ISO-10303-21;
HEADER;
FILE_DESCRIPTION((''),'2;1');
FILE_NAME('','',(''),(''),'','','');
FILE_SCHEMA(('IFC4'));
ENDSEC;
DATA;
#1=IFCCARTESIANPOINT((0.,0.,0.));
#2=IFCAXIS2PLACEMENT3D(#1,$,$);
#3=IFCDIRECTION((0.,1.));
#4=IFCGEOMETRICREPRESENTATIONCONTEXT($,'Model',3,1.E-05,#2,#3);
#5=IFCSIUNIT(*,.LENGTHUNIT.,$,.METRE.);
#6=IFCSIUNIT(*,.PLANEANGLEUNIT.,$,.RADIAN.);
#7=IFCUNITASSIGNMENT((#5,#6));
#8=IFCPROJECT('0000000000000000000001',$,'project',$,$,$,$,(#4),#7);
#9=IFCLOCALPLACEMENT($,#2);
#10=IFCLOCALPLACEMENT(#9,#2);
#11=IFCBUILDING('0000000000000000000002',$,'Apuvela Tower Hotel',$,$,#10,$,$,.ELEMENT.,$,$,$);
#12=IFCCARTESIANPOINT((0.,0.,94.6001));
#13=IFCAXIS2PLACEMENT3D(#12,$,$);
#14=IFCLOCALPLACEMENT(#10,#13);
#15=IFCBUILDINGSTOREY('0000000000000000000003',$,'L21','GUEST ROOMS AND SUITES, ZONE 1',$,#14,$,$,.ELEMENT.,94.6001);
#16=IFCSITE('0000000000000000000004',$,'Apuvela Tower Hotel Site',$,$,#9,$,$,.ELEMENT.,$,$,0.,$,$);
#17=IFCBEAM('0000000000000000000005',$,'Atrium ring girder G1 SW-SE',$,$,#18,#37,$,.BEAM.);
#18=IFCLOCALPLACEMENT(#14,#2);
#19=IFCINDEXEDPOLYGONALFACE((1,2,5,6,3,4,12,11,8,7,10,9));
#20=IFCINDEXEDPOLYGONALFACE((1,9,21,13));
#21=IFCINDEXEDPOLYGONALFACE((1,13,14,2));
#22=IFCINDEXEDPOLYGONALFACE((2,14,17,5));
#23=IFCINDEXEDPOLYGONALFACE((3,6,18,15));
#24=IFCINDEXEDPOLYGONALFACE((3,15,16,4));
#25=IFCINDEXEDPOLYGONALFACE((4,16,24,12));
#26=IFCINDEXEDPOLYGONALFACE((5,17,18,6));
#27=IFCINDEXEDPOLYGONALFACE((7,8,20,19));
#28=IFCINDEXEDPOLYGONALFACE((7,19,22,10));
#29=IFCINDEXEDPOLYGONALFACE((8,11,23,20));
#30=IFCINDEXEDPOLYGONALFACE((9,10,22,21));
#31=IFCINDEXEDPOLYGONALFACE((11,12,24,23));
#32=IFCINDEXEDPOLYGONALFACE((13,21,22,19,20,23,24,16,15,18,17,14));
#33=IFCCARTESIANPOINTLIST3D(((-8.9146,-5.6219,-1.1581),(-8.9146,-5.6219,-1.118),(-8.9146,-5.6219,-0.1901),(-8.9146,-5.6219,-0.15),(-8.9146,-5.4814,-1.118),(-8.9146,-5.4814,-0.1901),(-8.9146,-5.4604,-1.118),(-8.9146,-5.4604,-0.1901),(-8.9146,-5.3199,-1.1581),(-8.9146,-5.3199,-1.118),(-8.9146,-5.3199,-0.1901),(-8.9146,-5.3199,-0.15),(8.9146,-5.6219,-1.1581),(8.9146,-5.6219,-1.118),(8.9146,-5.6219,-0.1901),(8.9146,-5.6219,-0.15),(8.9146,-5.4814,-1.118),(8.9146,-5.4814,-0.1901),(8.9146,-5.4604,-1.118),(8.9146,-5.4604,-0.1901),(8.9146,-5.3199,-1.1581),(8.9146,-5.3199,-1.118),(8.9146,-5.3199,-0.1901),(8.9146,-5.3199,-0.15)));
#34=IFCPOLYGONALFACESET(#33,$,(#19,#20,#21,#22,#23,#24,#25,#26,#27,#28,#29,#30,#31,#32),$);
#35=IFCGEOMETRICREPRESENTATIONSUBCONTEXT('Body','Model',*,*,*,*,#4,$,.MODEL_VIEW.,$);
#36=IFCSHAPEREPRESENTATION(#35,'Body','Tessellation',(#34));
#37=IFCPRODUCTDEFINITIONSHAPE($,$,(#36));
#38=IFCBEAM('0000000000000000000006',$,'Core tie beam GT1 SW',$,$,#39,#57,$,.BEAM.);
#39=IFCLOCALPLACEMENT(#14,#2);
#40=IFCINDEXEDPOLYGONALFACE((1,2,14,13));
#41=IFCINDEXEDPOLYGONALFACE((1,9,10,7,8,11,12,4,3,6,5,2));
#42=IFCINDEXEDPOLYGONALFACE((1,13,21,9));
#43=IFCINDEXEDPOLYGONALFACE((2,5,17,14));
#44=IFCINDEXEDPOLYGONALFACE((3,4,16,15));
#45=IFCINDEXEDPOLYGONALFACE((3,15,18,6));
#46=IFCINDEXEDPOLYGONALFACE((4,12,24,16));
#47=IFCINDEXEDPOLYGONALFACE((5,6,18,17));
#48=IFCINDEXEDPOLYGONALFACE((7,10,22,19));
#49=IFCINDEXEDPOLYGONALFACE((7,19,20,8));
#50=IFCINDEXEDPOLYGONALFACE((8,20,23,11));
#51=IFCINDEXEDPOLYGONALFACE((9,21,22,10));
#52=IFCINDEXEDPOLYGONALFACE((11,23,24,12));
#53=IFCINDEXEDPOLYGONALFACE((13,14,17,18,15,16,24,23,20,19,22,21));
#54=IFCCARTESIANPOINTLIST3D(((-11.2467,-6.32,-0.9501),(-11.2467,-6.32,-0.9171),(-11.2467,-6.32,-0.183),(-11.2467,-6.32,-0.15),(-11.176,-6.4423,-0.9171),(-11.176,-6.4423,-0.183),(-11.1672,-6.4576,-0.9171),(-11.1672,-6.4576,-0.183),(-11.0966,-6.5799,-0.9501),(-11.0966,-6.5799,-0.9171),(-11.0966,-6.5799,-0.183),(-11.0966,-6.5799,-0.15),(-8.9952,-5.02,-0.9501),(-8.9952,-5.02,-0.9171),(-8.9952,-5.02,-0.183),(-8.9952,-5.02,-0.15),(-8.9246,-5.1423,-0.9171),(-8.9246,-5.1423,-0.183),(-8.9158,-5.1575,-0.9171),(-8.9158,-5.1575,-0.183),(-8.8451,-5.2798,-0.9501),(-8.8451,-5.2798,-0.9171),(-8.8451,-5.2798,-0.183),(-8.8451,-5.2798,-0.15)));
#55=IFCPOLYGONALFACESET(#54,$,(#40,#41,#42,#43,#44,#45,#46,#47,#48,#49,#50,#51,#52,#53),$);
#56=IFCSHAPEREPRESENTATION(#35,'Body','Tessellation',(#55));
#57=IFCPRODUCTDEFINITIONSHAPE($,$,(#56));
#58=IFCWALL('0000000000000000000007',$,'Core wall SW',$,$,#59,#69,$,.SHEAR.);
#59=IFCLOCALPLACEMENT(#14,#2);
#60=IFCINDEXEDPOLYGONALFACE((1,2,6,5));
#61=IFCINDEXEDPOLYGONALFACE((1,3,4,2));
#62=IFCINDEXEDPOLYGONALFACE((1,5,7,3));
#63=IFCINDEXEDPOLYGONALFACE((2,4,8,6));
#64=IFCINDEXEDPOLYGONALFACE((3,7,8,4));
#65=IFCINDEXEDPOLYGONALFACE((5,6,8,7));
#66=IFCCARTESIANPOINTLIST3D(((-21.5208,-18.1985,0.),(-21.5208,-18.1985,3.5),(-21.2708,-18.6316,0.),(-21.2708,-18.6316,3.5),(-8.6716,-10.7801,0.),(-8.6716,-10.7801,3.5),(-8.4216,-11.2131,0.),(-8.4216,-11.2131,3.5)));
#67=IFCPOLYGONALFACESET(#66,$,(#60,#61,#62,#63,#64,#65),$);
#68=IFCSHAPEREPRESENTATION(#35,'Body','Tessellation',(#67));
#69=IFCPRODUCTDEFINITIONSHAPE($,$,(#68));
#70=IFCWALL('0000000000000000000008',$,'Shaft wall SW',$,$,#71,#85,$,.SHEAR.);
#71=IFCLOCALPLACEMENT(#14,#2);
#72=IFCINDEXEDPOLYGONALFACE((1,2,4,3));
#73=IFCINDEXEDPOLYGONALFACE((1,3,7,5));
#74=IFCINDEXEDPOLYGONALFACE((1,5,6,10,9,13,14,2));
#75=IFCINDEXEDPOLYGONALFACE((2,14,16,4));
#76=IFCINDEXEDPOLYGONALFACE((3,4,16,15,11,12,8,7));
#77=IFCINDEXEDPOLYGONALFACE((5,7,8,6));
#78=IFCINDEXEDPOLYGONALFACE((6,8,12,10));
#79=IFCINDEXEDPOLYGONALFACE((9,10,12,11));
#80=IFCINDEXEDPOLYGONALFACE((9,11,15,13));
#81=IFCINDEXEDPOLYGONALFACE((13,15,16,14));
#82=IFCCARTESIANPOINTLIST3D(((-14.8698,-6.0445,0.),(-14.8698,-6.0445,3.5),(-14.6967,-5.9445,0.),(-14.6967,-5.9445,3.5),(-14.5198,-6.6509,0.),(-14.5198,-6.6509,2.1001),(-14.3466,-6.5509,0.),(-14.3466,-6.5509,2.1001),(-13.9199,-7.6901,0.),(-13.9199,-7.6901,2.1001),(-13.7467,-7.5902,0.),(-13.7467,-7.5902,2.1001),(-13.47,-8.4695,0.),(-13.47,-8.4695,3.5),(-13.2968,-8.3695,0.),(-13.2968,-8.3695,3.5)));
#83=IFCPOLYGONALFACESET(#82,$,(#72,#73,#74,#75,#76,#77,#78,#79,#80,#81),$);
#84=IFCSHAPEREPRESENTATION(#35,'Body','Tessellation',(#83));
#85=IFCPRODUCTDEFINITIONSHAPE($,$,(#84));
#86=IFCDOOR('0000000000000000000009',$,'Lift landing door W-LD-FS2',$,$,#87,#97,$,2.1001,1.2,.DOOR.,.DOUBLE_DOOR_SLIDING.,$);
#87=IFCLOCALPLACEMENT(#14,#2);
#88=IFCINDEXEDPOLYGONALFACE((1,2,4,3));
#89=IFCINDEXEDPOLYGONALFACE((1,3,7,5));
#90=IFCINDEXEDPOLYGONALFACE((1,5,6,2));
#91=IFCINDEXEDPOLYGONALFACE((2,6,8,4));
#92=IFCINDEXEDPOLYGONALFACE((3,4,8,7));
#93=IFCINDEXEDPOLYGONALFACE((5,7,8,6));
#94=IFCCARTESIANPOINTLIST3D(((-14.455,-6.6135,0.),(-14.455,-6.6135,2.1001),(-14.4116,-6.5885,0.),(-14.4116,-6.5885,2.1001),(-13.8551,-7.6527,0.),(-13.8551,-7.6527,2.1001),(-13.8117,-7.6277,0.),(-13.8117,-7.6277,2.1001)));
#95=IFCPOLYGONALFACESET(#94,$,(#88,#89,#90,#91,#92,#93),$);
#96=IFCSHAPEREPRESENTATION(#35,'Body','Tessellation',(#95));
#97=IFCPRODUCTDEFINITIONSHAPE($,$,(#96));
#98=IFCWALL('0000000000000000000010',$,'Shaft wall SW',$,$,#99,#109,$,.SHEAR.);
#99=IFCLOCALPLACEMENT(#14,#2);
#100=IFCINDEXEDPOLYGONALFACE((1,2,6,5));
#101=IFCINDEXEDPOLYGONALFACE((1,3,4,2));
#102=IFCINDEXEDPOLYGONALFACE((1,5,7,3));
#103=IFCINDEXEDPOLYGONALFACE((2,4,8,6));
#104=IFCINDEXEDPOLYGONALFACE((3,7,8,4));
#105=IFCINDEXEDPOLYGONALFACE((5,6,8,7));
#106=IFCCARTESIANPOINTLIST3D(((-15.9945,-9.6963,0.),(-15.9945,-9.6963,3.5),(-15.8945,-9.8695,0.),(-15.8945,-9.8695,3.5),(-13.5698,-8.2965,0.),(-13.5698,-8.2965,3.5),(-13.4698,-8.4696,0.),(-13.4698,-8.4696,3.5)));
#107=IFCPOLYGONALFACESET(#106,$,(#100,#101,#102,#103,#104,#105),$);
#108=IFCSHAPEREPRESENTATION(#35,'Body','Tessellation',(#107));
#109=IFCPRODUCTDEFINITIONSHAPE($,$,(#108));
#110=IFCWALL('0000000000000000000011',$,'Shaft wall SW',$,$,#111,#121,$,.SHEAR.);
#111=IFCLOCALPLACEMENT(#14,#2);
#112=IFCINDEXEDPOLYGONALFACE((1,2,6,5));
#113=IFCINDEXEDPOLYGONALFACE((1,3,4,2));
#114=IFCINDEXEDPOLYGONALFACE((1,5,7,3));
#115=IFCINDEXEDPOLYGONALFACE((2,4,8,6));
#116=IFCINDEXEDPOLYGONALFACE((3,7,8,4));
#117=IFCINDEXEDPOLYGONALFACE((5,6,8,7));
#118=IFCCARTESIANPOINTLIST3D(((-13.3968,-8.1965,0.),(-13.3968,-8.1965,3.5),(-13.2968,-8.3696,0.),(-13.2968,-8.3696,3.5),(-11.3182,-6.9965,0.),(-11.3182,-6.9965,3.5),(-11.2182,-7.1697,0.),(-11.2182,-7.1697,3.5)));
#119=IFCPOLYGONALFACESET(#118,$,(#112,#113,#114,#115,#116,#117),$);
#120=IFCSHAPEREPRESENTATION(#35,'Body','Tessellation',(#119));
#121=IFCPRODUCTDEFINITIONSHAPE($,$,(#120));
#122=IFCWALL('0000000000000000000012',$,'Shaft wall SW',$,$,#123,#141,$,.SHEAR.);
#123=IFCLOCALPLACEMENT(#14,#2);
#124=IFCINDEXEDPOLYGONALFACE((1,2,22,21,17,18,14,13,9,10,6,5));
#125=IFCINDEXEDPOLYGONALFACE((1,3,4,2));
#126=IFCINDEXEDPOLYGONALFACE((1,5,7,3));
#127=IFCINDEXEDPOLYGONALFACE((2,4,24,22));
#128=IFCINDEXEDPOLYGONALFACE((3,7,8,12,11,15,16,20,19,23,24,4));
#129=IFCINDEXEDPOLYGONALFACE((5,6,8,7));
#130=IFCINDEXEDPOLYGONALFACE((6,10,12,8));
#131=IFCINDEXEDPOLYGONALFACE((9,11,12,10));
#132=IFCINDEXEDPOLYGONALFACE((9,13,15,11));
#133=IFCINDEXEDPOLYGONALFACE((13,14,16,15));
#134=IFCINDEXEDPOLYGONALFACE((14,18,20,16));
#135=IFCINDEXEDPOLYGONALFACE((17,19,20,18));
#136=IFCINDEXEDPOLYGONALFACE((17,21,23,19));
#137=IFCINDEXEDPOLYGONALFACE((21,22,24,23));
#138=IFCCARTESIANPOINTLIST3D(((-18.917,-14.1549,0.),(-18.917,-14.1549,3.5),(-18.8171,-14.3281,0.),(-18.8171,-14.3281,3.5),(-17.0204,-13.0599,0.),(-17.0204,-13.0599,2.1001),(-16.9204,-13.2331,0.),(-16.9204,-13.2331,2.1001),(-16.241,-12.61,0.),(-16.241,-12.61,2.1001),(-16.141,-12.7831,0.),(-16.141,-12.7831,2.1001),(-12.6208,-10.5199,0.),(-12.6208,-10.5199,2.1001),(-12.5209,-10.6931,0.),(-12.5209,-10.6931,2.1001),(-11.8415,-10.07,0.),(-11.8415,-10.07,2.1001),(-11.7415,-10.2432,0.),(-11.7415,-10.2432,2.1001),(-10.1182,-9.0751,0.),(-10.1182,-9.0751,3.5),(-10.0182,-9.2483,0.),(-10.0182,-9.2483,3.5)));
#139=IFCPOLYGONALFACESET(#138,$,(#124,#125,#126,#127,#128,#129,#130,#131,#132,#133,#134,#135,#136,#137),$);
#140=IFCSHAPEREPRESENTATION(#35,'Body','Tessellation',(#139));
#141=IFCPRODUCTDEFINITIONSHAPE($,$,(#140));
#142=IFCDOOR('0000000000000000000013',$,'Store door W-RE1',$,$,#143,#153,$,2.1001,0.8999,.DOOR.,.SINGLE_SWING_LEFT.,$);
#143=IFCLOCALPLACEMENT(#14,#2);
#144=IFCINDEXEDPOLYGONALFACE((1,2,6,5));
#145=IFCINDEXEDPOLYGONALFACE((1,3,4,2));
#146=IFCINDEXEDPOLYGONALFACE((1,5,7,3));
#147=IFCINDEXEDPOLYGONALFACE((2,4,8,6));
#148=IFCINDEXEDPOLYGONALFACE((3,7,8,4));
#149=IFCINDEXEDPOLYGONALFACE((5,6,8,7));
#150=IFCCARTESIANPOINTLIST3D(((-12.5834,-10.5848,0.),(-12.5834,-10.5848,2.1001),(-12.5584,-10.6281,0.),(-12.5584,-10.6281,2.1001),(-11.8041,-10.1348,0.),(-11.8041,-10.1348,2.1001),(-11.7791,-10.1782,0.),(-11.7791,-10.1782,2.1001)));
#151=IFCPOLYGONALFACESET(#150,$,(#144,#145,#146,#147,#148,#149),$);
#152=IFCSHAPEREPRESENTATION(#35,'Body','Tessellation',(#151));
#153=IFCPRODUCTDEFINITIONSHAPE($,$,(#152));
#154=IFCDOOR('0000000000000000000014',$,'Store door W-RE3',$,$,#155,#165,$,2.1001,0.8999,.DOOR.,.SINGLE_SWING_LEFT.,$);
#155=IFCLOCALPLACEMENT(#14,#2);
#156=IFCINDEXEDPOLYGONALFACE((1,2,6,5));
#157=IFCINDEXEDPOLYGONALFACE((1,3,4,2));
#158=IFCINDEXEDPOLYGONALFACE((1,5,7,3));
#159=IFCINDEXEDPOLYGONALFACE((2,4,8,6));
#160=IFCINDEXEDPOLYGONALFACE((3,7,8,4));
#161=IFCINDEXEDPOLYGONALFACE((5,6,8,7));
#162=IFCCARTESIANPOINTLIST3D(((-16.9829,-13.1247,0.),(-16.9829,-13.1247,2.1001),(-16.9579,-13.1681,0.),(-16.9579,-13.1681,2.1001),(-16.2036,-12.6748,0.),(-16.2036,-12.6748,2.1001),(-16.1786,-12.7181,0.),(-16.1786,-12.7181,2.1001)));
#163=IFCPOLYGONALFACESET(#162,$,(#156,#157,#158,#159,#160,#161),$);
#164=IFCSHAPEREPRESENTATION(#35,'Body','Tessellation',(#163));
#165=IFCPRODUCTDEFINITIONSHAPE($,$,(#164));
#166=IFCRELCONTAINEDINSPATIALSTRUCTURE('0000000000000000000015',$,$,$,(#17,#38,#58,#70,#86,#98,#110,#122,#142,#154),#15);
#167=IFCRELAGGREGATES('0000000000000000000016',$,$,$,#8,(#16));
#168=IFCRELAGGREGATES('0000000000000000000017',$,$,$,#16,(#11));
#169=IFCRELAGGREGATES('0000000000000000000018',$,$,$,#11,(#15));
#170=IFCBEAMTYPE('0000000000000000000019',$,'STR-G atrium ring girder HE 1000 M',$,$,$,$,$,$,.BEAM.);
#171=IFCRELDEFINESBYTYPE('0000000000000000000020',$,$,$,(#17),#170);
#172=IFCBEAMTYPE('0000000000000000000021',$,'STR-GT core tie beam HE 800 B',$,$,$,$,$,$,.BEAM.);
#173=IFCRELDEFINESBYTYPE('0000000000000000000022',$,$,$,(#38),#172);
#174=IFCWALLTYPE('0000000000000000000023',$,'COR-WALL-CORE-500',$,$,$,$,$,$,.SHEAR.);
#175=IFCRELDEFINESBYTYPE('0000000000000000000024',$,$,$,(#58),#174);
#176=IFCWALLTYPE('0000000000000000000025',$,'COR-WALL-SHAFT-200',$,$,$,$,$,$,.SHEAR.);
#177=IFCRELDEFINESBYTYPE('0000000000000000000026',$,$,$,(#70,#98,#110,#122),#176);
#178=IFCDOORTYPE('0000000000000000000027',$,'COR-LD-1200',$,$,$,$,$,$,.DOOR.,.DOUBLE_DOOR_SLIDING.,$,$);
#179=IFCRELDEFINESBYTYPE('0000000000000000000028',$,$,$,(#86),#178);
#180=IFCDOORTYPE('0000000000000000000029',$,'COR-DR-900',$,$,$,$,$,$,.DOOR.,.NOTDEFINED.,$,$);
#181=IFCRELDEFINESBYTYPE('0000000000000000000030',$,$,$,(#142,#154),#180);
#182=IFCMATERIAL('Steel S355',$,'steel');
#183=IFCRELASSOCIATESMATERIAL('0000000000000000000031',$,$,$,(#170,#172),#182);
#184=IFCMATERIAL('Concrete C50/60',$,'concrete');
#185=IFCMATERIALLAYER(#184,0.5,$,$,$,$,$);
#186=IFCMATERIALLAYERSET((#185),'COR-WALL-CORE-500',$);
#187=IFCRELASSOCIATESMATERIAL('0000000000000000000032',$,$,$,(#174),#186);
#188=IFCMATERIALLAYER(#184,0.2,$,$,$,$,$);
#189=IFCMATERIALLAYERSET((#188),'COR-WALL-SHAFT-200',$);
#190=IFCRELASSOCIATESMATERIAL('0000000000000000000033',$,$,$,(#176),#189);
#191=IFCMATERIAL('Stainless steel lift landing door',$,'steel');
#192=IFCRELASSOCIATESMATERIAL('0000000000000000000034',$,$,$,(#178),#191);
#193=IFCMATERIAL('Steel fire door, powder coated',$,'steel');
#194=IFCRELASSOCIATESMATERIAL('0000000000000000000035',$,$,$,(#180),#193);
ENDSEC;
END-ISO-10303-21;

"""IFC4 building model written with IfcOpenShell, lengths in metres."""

from ifc_helpers import new_model, si_unit, direction, frame, frame_2d, origin, origin_2d, place, context, subcontext, project, spatial, rectangle, i_section, extrude, material, layer, layer_set, material_profile, profile_set, type_object, element, fill, save


model = new_model("IFC4")

# Units and contexts
model_context = context("Model", 3, precision=1e-05, world=origin(), true_north=direction((0.0, 1.0)))
body_context = subcontext(model_context, "Body", "Model", "MODEL_VIEW")
ifc_project = project(units=[si_unit("LENGTHUNIT", "METRE"), si_unit("PLANEANGLEUNIT", "RADIAN")], contexts=[model_context])

# Site, building, storey
site_placement = place(None, origin())
site = spatial("IfcSite", under=ifc_project, at=site_placement, Name="Apuvela Tower Hotel Site", CompositionType="ELEMENT", RefElevation=0.0)
building_placement = place(site_placement, origin())
building = spatial("IfcBuilding", under=site, at=building_placement, Name="Apuvela Tower Hotel", CompositionType="ELEMENT")
storey_placement = place(building_placement, frame((0.0, 0.0, 94.6001)))
storey = spatial("IfcBuildingStorey", under=building, at=storey_placement, Name="L21", Description="GUEST ROOMS AND SUITES, ZONE 1", CompositionType="ELEMENT", Elevation=94.6001)

# Beams
ifc_material_1 = material(Name="Steel S355", Category="steel")
ifc_material_profile_1 = material_profile(ifc_material_1, i_section(OverallWidth=0.302, OverallDepth=1.0081, WebThickness=0.021, FlangeThickness=0.04, at=origin_2d()), Name="HE 1000 M")
ifc_profile_set_1 = profile_set([ifc_material_profile_1], Name="Steel S355")
beam_type_1 = type_object("IfcBeamType", Name="STR-G atrium ring girder HE 1000 M", PredefinedType="BEAM", material=ifc_profile_set_1)
beam_1_placement = place(storey_placement, frame((-8.9146, -5.4709, -0.6541), z_axis=(1.0, 0.0, 0.0), x_axis=(0.0, 1.0, 0.0)))
element("IfcBeam", 1, at=beam_1_placement, inside=storey, type_object=beam_type_1, Name="Atrium ring girder G1 SW-SE", PredefinedType="BEAM", context=body_context, shape_type="SweptSolid", body=[
    extrude(i_section(OverallWidth=0.302, OverallDepth=1.0081, WebThickness=0.021, FlangeThickness=0.04, at=origin_2d()), origin(), (0.0, 0.0, 1.0), 17.8291),
])
ifc_material_profile_2 = material_profile(ifc_material_1, i_section(OverallWidth=0.3, OverallDepth=0.8, WebThickness=0.0176, FlangeThickness=0.033, at=origin_2d()), Name="HE 800 B")
ifc_profile_set_2 = profile_set([ifc_material_profile_2], Name="Steel S355")
beam_type_2 = type_object("IfcBeamType", Name="STR-GT core tie beam HE 800 B", PredefinedType="BEAM", material=ifc_profile_set_2)
beam_2_placement = place(storey_placement, frame((-11.1716, -6.45, -0.55), z_axis=(0.865998, 0.500048, 0.0), x_axis=(-0.500048, 0.865998, 0.0)))
element("IfcBeam", 2, at=beam_2_placement, inside=storey, type_object=beam_type_2, Name="Core tie beam GT1 SW", PredefinedType="BEAM", context=body_context, shape_type="SweptSolid", body=[
    extrude(i_section(OverallWidth=0.3, OverallDepth=0.8, WebThickness=0.0176, FlangeThickness=0.033, at=origin_2d()), origin(), (0.0, 0.0, 1.0), 2.5999),
])

# Wall
ifc_material_2 = material(Name="Concrete C50/60", Category="concrete")
ifc_layer_1 = layer(ifc_material_2, 0.5)
ifc_layer_set_1 = layer_set([ifc_layer_1], Name="COR-WALL-CORE-500")
wall_type_1 = type_object("IfcWallType", Name="COR-WALL-CORE-500", PredefinedType="SHEAR", material=ifc_layer_set_1)
wall_1_placement = place(storey_placement, frame((-8.5466, -10.9966, 0.0), z_axis=(0.0, 0.0, 1.0), x_axis=(-0.866025, -0.500001, 0.0)))
element("IfcWall", 3, at=wall_1_placement, inside=storey, type_object=wall_type_1, Name="Core wall SW", PredefinedType="SHEAR", context=body_context, shape_type="SweptSolid", body=[
    extrude(rectangle(XDim=14.8369, YDim=0.5, at=frame_2d((7.4185, 0.0))), origin(), (0.0, 0.0, 1.0), 3.5),
])

# Wall, opening, door
ifc_layer_2 = layer(ifc_material_2, 0.2)
ifc_layer_set_2 = layer_set([ifc_layer_2], Name="COR-WALL-SHAFT-200")
wall_type_2 = type_object("IfcWallType", Name="COR-WALL-SHAFT-200", PredefinedType="SHEAR", material=ifc_layer_set_2)
wall_2_placement = place(storey_placement, frame((-14.7832, -5.9946, 0.0), z_axis=(0.0, 0.0, 1.0), x_axis=(0.499946, -0.866056, 0.0)))
wall_2 = element("IfcWall", 4, at=wall_2_placement, inside=storey, type_object=wall_type_2, Name="Shaft wall SW", PredefinedType="SHEAR", context=body_context, shape_type="SweptSolid", body=[
    extrude(rectangle(XDim=2.8, YDim=0.2, at=frame_2d((1.3999, 0.0))), origin(), (0.0, 0.0, 1.0), 3.5),
])
opening_1_placement = place(wall_2_placement, frame((0.7, 0.0, 0.0)))
opening_1 = element("IfcOpeningElement", 5, at=opening_1_placement, cuts=wall_2, PredefinedType="OPENING", context=body_context, shape_type="SweptSolid", body=[
    extrude(rectangle(XDim=1.2, YDim=2.1001, at=frame_2d((0.6001, 1.05))), frame((0.0, 0.1099, 0.0), z_axis=(0.0, -1.0, 0.0), x_axis=(1.0, 0.0, 0.0)), (0.0, 0.0, 1.0), 0.22),
])
ifc_material_3 = material(Name="Stainless steel lift landing door", Category="steel")
door_type_1 = type_object("IfcDoorType", Name="COR-LD-1200", OperationType="DOUBLE_DOOR_SLIDING", PredefinedType="DOOR", material=ifc_material_3)
door_1_placement = place(opening_1_placement, origin())
door_1 = element("IfcDoor", 6, at=door_1_placement, inside=storey, type_object=door_type_1, Name="Lift landing door W-LD-FS2", OperationType="DOUBLE_DOOR_SLIDING", OverallHeight=2.1001, OverallWidth=1.2, PredefinedType="DOOR", context=body_context, shape_type="SweptSolid", body=[
    extrude(rectangle(XDim=1.2, YDim=2.1001, at=frame_2d((0.6001, 1.05))), frame((0.0, 0.0249, 0.0), z_axis=(0.0, -1.0, 0.0), x_axis=(1.0, 0.0, 0.0)), (0.0, 0.0, 1.0), 0.05),
])
fill(opening_1, door_1)

# Walls
wall_3_placement = place(storey_placement, frame((-13.5198, -8.3831, 0.0), z_axis=(0.0, 0.0, 1.0), x_axis=(-0.866035, -0.499984, 0.0)))
element("IfcWall", 7, at=wall_3_placement, inside=storey, type_object=wall_type_2, Name="Shaft wall SW", PredefinedType="SHEAR", context=body_context, shape_type="SweptSolid", body=[
    extrude(rectangle(XDim=2.7998, YDim=0.2, at=frame_2d((1.3999, 0.0))), origin(), (0.0, 0.0, 1.0), 3.5),
])
wall_4_placement = place(storey_placement, frame((-11.2681, -7.083, 0.0), z_axis=(0.0, 0.0, 1.0), x_axis=(-0.86605, -0.499957, 0.0)))
element("IfcWall", 8, at=wall_4_placement, inside=storey, type_object=wall_type_2, Name="Shaft wall SW", PredefinedType="SHEAR", context=body_context, shape_type="SweptSolid", body=[
    extrude(rectangle(XDim=2.4001, YDim=0.2, at=frame_2d((1.2002, 0.0))), origin(), (0.0, 0.0, 1.0), 3.5),
])

# Wall, openings, doors
wall_5_placement = place(storey_placement, frame((-10.0681, -9.1616, 0.0), z_axis=(0.0, 0.0, 1.0), x_axis=(-0.866033, -0.499987, 0.0)))
wall_5 = element("IfcWall", 9, at=wall_5_placement, inside=storey, type_object=wall_type_2, Name="Shaft wall SW", PredefinedType="SHEAR", context=body_context, shape_type="SweptSolid", body=[
    extrude(rectangle(XDim=10.1599, YDim=0.2, at=frame_2d((5.0801, 0.0))), origin(), (0.0, 0.0, 1.0), 3.5),
])
opening_2_placement = place(wall_5_placement, frame((1.99, 0.0, 0.0)))
opening_2 = element("IfcOpeningElement", 10, at=opening_2_placement, cuts=wall_5, PredefinedType="OPENING", context=body_context, shape_type="SweptSolid", body=[
    extrude(rectangle(XDim=0.8999, YDim=2.1001, at=frame_2d((0.45, 1.05))), frame((0.0, 0.1099, 0.0), z_axis=(0.0, -1.0, 0.0), x_axis=(1.0, 0.0, 0.0)), (0.0, 0.0, 1.0), 0.22),
])
opening_3_placement = place(wall_5_placement, frame((7.0701, 0.0, 0.0)))
opening_3 = element("IfcOpeningElement", 11, at=opening_3_placement, cuts=wall_5, PredefinedType="OPENING", context=body_context, shape_type="SweptSolid", body=[
    extrude(rectangle(XDim=0.8999, YDim=2.1001, at=frame_2d((0.45, 1.05))), frame((0.0, 0.1099, 0.0), z_axis=(0.0, -1.0, 0.0), x_axis=(1.0, 0.0, 0.0)), (0.0, 0.0, 1.0), 0.22),
])
ifc_material_4 = material(Name="Steel fire door, powder coated", Category="steel")
door_type_2 = type_object("IfcDoorType", Name="COR-DR-900", OperationType="NOTDEFINED", PredefinedType="DOOR", material=ifc_material_4)
door_2_placement = place(opening_2_placement, origin())
door_2 = element("IfcDoor", 12, at=door_2_placement, inside=storey, type_object=door_type_2, Name="Store door W-RE1", OperationType="SINGLE_SWING_LEFT", OverallHeight=2.1001, OverallWidth=0.8999, PredefinedType="DOOR", context=body_context, shape_type="SweptSolid", body=[
    extrude(rectangle(XDim=0.8999, YDim=2.1001, at=frame_2d((0.45, 1.05))), frame((0.0, 0.0249, 0.0), z_axis=(0.0, -1.0, 0.0), x_axis=(1.0, 0.0, 0.0)), (0.0, 0.0, 1.0), 0.05),
])
fill(opening_2, door_2)
door_3_placement = place(opening_3_placement, origin())
door_3 = element("IfcDoor", 13, at=door_3_placement, inside=storey, type_object=door_type_2, Name="Store door W-RE3", OperationType="SINGLE_SWING_LEFT", OverallHeight=2.1001, OverallWidth=0.8999, PredefinedType="DOOR", context=body_context, shape_type="SweptSolid", body=[
    extrude(rectangle(XDim=0.8999, YDim=2.1001, at=frame_2d((0.45, 1.05))), frame((0.0, 0.0249, 0.0), z_axis=(0.0, -1.0, 0.0), x_axis=(1.0, 0.0, 0.0)), (0.0, 0.0, 1.0), 0.05),
])
fill(opening_3, door_3)

save(model, "model.ifc")
